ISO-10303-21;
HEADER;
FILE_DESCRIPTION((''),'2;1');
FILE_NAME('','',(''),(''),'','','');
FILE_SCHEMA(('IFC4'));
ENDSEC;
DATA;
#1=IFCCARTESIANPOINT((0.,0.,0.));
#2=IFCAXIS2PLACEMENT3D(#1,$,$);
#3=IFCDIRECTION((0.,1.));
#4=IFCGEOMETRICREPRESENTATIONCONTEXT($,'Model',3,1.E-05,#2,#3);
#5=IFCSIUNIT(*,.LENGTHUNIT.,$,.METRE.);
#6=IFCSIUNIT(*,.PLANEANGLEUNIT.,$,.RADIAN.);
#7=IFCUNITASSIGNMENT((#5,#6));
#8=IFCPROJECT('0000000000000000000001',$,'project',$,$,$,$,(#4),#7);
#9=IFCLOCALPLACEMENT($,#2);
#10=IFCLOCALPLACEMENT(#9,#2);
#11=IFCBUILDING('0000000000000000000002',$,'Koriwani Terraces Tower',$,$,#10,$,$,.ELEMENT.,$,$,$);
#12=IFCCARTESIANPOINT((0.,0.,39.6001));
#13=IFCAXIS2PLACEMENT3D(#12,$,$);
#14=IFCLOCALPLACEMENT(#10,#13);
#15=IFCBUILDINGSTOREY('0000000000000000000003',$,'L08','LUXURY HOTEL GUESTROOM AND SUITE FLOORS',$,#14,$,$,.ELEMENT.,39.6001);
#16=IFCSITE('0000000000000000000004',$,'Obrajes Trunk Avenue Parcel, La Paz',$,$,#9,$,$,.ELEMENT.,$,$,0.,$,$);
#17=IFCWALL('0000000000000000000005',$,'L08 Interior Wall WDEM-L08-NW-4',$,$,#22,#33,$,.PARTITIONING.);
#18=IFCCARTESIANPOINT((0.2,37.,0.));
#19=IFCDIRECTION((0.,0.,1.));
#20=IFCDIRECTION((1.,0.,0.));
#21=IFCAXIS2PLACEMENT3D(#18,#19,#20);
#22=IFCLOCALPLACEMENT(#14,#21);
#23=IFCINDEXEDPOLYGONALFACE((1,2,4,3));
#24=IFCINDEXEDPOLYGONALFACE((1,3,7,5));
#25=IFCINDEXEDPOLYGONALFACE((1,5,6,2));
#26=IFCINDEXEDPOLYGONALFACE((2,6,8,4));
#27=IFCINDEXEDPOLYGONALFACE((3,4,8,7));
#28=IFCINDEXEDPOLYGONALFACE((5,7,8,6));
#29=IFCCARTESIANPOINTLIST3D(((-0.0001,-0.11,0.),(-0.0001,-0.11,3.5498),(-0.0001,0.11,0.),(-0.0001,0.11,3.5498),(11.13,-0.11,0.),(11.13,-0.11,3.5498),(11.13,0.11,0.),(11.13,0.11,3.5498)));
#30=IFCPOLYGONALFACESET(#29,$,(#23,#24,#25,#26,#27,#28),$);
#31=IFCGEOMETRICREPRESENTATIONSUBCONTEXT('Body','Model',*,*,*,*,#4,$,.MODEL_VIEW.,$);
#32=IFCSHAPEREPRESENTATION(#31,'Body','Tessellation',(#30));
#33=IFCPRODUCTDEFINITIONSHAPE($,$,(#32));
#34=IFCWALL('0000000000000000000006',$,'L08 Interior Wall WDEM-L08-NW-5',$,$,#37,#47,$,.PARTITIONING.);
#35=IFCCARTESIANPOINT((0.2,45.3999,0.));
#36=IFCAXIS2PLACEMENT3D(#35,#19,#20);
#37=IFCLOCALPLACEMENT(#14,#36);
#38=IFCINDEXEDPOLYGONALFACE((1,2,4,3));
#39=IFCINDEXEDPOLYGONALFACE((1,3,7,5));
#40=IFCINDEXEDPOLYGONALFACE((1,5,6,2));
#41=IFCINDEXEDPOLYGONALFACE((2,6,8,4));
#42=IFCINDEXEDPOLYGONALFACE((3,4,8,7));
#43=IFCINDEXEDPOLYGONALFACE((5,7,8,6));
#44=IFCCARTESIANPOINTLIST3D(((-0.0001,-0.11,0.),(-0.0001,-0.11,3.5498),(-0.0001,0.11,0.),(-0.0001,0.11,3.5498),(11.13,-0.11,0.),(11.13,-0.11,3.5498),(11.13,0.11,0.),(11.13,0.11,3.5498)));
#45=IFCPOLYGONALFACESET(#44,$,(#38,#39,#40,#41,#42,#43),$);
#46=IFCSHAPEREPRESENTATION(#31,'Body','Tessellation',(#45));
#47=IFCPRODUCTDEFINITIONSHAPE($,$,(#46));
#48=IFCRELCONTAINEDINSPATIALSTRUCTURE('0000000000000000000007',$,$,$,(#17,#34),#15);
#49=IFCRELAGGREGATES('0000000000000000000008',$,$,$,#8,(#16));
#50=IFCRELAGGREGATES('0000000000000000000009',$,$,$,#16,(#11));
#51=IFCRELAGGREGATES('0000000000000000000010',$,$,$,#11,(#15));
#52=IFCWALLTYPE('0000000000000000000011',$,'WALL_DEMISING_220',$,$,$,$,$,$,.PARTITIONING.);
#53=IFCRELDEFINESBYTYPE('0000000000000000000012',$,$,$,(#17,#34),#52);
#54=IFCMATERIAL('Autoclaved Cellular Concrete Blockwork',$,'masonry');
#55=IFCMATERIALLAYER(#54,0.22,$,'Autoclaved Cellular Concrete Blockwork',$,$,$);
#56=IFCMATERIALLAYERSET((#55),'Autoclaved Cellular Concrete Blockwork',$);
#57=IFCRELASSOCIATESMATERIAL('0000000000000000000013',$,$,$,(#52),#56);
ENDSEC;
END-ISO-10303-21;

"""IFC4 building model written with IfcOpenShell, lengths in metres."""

from ifc_helpers import new_model, si_unit, direction, frame, frame_2d, origin, place, context, subcontext, project, spatial, rectangle, extrude, material, layer, layer_set, type_object, element, save


model = new_model("IFC4")

# Units and contexts
model_context = context("Model", 3, precision=1e-05, world=origin(), true_north=direction((0.0, 1.0)))
body_context = subcontext(model_context, "Body", "Model", "MODEL_VIEW")
ifc_project = project(units=[si_unit("LENGTHUNIT", "METRE"), si_unit("PLANEANGLEUNIT", "RADIAN")], contexts=[model_context])

# Site, building, storey
site_placement = place(None, origin())
site = spatial("IfcSite", under=ifc_project, at=site_placement, Name="Obrajes Trunk Avenue Parcel, La Paz", CompositionType="ELEMENT", RefElevation=0.0)
building_placement = place(site_placement, origin())
building = spatial("IfcBuilding", under=site, at=building_placement, Name="Koriwani Terraces Tower", CompositionType="ELEMENT")
storey_placement = place(building_placement, frame((0.0, 0.0, 39.6001)))
storey = spatial("IfcBuildingStorey", under=building, at=storey_placement, Name="L08", Description="LUXURY HOTEL GUESTROOM AND SUITE FLOORS", CompositionType="ELEMENT", Elevation=39.6001)

# Walls
ifc_material_1 = material(Name="Autoclaved Cellular Concrete Blockwork", Category="masonry")
ifc_layer_1 = layer(ifc_material_1, 0.22, Name="Autoclaved Cellular Concrete Blockwork")
ifc_layer_set_1 = layer_set([ifc_layer_1], Name="Autoclaved Cellular Concrete Blockwork")
wall_type_1 = type_object("IfcWallType", Name="WALL_DEMISING_220", PredefinedType="PARTITIONING", material=ifc_layer_set_1)
for number, where, z_axis, x_axis, name in (
    (1, (0.2, 37.0, 0.0), (0.0, 0.0, 1.0), (1.0, 0.0, 0.0), "L08 Interior Wall WDEM-L08-NW-4"),
    (2, (0.2, 45.3999, 0.0), (0.0, 0.0, 1.0), (1.0, 0.0, 0.0), "L08 Interior Wall WDEM-L08-NW-5"),
):
    element("IfcWall", number, at=place(storey_placement, frame(where, z_axis=z_axis, x_axis=x_axis)), inside=storey, type_object=wall_type_1, Name=name, PredefinedType="PARTITIONING", context=body_context, shape_type="SweptSolid", body=[
        extrude(rectangle(XDim=11.1301, YDim=0.22, at=frame_2d((5.5649, 0.0))), origin(), (0.0, 0.0, 1.0), 3.5498),
    ])

save(model, "model.ifc")
